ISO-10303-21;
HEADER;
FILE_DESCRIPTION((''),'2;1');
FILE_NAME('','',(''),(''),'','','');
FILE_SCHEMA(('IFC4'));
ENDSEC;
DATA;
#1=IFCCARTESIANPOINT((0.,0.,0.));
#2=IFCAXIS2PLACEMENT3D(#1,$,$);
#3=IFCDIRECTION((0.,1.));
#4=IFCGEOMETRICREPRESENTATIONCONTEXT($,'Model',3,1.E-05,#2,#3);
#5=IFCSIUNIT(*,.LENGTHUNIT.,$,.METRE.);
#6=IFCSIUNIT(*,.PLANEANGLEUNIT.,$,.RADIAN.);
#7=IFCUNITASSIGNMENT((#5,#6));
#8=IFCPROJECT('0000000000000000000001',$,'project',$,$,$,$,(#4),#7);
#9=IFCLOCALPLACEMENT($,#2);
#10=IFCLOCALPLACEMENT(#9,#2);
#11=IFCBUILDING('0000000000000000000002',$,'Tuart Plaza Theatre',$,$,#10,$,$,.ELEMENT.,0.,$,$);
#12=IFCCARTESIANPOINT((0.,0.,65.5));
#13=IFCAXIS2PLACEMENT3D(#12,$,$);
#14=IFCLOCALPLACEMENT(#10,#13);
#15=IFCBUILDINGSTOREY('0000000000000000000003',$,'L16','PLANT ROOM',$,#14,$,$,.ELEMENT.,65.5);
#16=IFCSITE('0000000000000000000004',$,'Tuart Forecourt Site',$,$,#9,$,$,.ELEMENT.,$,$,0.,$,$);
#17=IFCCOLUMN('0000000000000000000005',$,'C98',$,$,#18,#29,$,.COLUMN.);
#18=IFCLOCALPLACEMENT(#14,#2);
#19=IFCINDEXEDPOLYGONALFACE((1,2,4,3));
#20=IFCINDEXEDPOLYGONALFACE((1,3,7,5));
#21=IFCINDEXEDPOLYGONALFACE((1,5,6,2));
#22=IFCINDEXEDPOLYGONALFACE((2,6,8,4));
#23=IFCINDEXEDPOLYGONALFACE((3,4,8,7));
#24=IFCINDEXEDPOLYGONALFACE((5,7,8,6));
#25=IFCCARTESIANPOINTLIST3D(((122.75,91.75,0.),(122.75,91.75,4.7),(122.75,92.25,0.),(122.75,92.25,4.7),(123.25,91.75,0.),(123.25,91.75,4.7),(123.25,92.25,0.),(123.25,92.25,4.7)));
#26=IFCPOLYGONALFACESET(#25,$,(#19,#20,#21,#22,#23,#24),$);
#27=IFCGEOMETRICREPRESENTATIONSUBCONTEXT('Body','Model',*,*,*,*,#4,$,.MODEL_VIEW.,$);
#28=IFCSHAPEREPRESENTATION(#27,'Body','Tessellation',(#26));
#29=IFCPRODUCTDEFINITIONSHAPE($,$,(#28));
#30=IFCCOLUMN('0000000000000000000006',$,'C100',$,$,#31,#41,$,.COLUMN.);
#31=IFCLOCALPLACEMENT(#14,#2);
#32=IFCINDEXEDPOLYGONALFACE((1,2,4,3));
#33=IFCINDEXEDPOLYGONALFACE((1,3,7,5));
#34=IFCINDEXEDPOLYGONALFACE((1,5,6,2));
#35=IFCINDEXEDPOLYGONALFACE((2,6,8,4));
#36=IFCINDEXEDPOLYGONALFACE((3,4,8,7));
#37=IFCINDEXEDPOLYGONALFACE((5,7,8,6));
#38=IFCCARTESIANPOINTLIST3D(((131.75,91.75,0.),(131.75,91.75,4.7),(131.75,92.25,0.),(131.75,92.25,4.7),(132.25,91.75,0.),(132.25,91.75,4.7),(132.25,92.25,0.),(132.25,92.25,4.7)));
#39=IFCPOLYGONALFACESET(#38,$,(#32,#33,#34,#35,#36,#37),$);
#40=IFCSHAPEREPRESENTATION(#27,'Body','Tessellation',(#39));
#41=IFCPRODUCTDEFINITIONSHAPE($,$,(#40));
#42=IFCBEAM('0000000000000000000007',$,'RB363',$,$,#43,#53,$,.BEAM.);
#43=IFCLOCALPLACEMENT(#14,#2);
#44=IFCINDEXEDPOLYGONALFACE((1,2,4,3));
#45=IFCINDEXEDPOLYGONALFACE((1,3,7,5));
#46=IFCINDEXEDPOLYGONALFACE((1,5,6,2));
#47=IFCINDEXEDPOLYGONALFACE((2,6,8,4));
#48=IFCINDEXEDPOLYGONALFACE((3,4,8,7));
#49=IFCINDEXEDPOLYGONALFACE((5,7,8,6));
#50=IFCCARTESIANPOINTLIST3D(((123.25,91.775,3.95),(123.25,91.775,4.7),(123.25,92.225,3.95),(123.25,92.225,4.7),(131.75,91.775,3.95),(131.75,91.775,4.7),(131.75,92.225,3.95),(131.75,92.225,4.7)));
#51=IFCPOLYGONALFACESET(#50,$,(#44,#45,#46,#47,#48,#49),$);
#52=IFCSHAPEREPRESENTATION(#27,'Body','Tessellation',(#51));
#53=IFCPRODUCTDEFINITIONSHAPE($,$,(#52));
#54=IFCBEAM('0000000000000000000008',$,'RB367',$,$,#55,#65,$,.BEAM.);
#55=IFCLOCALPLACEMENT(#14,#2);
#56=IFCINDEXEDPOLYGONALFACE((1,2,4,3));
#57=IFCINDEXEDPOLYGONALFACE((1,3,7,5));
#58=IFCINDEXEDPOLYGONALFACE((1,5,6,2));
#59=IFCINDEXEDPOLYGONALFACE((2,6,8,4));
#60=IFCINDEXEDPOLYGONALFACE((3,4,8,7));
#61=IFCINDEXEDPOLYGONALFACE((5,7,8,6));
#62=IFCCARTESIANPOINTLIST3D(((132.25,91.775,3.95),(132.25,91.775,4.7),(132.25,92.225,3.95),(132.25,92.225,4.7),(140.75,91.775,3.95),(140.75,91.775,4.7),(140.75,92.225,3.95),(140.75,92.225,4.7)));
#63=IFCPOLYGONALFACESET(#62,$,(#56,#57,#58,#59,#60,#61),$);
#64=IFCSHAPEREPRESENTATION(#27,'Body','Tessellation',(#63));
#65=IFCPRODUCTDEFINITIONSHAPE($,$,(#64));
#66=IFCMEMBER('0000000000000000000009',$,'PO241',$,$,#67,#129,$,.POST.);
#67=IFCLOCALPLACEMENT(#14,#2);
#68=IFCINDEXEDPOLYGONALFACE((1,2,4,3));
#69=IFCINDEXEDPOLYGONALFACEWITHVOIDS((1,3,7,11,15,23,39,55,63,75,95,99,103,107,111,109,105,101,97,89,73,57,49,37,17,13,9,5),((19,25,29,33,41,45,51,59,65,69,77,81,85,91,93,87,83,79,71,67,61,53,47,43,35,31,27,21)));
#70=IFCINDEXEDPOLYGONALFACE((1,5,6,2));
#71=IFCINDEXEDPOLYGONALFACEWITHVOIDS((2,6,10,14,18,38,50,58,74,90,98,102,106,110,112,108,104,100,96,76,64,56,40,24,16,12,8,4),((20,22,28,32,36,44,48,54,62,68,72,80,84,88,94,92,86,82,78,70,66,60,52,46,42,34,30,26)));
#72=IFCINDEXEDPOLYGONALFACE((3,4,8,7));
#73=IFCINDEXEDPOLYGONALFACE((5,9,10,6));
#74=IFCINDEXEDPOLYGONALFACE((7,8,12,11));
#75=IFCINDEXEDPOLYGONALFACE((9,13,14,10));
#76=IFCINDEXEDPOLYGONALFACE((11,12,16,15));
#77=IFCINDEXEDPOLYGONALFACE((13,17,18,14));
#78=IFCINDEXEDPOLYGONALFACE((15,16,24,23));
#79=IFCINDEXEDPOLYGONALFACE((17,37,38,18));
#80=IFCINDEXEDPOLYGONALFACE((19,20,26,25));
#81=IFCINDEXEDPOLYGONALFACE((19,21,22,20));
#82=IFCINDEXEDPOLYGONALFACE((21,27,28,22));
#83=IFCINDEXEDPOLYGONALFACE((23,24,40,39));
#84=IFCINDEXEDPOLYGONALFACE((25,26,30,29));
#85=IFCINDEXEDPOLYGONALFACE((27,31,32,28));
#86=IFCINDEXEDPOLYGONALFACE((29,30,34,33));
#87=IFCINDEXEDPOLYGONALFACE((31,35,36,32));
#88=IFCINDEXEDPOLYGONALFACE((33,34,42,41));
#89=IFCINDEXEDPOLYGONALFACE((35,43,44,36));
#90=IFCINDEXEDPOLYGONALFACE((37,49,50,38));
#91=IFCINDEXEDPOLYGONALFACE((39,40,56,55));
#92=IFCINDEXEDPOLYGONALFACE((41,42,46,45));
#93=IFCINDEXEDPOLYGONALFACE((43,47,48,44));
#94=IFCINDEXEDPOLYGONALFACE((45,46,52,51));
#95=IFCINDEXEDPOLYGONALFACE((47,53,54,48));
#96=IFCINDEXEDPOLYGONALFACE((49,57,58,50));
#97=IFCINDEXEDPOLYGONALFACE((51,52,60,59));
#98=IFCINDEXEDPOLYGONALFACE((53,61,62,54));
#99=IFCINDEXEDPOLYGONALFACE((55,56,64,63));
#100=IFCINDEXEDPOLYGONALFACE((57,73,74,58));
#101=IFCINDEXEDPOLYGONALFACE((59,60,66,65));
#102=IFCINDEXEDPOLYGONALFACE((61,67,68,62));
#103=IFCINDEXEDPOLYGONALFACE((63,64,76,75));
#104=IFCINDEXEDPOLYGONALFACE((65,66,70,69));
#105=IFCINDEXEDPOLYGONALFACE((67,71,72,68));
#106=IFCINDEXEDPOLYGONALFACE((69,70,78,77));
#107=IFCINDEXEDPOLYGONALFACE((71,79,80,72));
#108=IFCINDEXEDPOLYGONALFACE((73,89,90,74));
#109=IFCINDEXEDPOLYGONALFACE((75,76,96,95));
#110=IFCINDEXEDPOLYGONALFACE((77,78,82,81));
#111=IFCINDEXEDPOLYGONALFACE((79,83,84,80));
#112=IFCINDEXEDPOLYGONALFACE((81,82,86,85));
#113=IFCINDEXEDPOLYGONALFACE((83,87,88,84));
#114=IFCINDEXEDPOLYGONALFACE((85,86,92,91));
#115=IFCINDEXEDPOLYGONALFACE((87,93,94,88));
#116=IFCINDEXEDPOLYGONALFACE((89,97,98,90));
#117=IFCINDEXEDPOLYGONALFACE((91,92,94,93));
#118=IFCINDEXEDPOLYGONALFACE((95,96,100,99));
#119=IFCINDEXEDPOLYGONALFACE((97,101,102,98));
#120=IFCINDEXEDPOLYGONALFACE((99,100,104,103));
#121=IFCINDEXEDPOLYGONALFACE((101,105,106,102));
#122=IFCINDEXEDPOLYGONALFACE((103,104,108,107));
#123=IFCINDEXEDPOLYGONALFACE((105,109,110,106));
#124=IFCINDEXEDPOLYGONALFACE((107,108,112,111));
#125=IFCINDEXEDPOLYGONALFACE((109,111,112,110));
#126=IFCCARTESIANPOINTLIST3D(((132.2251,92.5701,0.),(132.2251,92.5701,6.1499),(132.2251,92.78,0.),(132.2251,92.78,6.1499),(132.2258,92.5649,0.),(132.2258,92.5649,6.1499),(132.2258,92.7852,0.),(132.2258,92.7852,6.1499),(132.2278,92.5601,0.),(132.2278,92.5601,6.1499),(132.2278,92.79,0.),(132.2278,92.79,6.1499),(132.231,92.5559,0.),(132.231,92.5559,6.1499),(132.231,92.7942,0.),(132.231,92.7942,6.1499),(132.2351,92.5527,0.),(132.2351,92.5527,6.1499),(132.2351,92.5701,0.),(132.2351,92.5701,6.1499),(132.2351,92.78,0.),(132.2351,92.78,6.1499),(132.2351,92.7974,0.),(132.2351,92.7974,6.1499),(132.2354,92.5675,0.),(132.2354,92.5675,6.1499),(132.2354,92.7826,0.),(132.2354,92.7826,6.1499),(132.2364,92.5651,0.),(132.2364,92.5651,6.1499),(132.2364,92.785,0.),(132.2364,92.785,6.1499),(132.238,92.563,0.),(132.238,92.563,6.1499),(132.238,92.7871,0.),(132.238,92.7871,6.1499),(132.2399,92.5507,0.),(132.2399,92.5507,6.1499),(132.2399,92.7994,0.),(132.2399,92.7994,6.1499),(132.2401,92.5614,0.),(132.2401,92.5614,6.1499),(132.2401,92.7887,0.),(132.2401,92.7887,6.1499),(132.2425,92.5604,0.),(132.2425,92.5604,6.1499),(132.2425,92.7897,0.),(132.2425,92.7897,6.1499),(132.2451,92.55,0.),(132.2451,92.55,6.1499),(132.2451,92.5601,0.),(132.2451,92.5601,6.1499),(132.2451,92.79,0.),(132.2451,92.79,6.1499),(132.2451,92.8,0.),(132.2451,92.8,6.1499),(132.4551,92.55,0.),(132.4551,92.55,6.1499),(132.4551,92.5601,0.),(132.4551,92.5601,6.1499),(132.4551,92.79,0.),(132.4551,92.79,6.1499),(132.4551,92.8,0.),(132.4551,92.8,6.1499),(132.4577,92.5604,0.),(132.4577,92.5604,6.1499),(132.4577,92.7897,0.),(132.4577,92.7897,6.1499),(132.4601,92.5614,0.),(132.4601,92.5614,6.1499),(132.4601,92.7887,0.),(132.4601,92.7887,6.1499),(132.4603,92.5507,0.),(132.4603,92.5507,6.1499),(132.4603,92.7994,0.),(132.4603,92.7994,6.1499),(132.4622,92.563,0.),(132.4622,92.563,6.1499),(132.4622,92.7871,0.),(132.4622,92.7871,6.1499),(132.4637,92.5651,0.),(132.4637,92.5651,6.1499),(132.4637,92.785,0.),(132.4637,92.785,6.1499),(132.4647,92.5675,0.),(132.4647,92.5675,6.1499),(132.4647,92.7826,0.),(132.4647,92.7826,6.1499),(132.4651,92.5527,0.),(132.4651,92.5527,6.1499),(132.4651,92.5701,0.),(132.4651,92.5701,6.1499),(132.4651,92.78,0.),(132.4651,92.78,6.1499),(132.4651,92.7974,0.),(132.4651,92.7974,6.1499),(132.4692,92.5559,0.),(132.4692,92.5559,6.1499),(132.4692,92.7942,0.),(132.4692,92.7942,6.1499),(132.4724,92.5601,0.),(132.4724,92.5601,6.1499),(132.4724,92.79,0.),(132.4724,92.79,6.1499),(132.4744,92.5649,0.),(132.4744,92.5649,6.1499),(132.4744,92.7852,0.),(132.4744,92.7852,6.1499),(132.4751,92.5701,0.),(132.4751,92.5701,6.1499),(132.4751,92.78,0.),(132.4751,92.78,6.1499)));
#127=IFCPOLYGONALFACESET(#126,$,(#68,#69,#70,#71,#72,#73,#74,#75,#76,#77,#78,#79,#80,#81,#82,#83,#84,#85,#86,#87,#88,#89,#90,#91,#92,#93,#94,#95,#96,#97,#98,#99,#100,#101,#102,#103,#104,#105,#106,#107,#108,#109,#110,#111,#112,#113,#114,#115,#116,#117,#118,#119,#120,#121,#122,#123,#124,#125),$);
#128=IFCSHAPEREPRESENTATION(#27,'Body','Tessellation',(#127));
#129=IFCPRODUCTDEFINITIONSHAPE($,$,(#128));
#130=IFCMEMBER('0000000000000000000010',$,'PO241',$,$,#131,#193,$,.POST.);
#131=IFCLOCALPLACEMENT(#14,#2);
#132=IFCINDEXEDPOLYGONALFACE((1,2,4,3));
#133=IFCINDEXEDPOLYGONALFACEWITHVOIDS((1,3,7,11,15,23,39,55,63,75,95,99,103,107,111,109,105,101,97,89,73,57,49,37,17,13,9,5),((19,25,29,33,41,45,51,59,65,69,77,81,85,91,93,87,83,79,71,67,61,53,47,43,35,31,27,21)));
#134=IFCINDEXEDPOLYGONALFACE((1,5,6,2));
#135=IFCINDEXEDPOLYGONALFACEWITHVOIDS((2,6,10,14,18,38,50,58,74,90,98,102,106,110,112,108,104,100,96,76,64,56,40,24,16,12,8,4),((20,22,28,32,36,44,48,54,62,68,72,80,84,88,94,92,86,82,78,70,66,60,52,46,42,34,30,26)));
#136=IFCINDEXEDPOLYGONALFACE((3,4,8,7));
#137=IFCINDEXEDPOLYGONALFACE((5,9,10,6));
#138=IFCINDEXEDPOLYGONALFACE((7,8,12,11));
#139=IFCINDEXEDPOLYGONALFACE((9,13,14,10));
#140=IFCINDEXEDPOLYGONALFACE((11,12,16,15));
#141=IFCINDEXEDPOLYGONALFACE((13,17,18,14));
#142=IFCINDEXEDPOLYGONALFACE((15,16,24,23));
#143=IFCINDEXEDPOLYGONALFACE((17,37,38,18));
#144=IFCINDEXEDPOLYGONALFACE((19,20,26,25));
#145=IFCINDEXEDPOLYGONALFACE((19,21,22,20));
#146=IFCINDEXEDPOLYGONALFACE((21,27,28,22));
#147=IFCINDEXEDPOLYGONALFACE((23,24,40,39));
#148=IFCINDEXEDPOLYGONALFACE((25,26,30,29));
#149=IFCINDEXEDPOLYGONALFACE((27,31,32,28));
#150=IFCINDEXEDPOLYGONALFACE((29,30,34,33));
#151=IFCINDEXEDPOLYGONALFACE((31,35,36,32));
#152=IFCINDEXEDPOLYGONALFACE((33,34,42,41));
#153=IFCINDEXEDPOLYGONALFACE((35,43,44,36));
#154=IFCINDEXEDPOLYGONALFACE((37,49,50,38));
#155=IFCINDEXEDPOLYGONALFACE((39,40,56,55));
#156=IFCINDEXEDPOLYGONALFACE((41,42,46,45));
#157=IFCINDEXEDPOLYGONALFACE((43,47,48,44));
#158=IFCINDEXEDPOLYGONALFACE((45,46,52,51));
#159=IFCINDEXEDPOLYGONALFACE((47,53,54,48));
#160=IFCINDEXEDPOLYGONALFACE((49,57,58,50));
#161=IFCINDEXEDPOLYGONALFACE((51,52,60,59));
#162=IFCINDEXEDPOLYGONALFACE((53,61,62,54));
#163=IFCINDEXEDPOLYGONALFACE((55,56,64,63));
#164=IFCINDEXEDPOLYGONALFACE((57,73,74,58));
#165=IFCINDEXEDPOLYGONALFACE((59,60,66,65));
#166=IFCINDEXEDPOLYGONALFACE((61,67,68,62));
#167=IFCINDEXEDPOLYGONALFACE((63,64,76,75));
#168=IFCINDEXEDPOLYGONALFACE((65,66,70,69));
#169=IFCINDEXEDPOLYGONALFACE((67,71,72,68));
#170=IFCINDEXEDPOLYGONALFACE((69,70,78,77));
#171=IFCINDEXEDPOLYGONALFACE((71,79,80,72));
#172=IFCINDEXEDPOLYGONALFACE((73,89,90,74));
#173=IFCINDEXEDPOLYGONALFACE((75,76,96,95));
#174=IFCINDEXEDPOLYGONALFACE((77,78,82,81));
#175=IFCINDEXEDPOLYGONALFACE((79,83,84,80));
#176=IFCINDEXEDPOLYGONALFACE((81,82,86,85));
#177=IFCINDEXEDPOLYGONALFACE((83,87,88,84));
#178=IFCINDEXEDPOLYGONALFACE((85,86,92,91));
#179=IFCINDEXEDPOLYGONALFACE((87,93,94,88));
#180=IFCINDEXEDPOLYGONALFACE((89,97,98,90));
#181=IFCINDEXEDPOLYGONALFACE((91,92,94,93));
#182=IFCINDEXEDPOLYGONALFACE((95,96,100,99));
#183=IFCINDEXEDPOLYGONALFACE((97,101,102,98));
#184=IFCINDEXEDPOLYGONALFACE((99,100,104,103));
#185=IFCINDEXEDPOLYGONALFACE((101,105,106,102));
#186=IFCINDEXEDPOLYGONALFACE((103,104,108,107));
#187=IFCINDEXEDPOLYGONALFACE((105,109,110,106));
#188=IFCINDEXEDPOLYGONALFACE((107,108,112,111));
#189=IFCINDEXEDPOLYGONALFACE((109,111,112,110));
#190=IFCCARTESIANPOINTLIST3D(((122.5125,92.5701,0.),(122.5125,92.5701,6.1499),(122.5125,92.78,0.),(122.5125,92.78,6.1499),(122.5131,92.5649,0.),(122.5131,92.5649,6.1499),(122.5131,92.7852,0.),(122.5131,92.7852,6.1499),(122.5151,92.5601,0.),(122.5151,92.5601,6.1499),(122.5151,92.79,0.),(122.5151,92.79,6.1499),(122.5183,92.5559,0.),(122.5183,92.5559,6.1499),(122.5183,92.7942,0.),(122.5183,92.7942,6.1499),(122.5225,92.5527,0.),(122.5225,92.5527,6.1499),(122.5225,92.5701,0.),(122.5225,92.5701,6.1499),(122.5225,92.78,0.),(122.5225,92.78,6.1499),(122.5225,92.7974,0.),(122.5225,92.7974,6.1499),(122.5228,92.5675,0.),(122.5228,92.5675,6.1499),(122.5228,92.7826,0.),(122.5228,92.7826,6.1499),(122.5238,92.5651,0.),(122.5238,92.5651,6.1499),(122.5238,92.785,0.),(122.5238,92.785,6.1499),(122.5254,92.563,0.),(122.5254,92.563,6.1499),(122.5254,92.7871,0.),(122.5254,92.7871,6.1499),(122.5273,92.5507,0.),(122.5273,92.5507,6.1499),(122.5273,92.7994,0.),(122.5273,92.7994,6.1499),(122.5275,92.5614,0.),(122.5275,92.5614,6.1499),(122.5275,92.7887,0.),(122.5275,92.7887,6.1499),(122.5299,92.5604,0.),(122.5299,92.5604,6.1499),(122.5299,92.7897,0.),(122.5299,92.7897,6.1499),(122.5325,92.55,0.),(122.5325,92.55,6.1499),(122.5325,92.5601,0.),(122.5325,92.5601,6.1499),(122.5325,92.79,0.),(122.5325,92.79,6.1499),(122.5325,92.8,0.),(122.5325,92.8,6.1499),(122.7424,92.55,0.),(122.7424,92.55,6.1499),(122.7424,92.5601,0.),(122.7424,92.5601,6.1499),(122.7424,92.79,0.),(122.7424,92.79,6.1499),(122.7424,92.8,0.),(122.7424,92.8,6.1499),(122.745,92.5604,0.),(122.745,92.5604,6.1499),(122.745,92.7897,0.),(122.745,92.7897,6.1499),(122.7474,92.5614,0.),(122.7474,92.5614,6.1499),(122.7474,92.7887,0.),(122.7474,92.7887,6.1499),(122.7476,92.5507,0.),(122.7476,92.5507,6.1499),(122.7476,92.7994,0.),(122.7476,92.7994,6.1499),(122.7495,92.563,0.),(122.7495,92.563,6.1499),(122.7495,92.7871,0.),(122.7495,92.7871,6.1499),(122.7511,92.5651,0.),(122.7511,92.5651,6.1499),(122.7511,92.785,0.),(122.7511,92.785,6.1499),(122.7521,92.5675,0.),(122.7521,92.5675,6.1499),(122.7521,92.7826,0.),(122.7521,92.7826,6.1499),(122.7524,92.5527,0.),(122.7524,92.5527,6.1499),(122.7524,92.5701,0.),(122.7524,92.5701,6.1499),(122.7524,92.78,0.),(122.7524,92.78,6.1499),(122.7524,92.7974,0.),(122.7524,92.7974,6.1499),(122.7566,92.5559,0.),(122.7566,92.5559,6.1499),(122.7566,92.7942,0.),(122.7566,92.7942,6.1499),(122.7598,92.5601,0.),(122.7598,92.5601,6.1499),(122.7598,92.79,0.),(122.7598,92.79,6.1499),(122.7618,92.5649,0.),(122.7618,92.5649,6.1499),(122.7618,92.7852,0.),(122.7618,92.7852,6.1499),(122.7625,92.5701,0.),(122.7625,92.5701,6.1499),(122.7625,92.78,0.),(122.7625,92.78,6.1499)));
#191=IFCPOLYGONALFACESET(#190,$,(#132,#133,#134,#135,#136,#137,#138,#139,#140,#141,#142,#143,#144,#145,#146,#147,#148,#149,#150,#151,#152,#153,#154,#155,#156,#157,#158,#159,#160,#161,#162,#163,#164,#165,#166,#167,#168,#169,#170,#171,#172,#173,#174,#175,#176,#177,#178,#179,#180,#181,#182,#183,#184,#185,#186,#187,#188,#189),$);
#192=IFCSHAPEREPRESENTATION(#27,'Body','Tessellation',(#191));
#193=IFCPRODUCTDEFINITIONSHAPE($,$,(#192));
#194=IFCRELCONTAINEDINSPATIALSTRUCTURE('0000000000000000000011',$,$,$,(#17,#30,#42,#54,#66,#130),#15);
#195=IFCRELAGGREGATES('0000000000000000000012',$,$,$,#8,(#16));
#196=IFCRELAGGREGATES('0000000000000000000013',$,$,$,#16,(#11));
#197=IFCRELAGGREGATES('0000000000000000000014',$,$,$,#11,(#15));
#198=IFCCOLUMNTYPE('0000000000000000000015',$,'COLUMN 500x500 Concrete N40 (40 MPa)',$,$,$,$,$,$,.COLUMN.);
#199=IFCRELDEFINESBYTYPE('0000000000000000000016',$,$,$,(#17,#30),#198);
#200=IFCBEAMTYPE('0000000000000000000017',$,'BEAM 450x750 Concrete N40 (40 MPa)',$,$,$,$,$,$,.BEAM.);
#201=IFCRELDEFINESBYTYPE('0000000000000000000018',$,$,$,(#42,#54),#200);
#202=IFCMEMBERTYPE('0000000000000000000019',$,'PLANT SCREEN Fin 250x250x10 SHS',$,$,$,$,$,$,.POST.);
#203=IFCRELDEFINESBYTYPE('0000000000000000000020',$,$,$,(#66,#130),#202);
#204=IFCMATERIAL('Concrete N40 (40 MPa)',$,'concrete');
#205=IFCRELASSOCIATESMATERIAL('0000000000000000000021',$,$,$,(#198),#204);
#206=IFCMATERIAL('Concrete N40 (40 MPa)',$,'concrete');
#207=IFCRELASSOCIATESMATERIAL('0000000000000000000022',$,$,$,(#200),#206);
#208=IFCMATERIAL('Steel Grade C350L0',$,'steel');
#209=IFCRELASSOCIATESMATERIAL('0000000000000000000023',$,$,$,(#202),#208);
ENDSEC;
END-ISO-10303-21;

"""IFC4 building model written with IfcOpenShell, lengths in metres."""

from ifc_helpers import new_model, si_unit, direction, frame, origin, origin_2d, place, context, subcontext, project, spatial, rectangle, hollow_rectangle, extrude, material, material_profile, profile_set, type_object, element, save


model = new_model("IFC4")

# Units and contexts
model_context = context("Model", 3, precision=1e-05, world=origin(), true_north=direction((0.0, 1.0)))
body_context = subcontext(model_context, "Body", "Model", "MODEL_VIEW")
ifc_project = project(units=[si_unit("LENGTHUNIT", "METRE"), si_unit("PLANEANGLEUNIT", "RADIAN")], contexts=[model_context])

# Site, building, storey
site_placement = place(None, origin())
site = spatial("IfcSite", under=ifc_project, at=site_placement, Name="Tuart Forecourt Site", CompositionType="ELEMENT", RefElevation=0.0)
building_placement = place(site_placement, origin())
building = spatial("IfcBuilding", under=site, at=building_placement, Name="Tuart Plaza Theatre", CompositionType="ELEMENT", ElevationOfRefHeight=0.0)
storey_placement = place(building_placement, frame((0.0, 0.0, 65.5)))
storey = spatial("IfcBuildingStorey", under=building, at=storey_placement, Name="L16", Description="PLANT ROOM", CompositionType="ELEMENT", Elevation=65.5)

# Columns
ifc_material_1 = material(Name="Concrete N40 (40 MPa)", Category="concrete")
ifc_material_profile_1 = material_profile(ifc_material_1, rectangle(XDim=0.5, YDim=0.5, at=origin_2d()), Name="COLUMN 500x500 Concrete N40 (40 MPa)")
ifc_profile_set_1 = profile_set([ifc_material_profile_1], Name="Concrete N40 (40 MPa)")
column_type = type_object("IfcColumnType", Name="COLUMN 500x500 Concrete N40 (40 MPa)", PredefinedType="COLUMN", material=ifc_profile_set_1)
for number, where, z_axis, x_axis, name in (
    (1, (123.0, 92.0, 0.0), (0.0, 0.0, 1.0), (1.0, 0.0, 0.0), "C98"),
    (2, (132.0, 92.0, 0.0), (0.0, 0.0, 1.0), (1.0, 0.0, 0.0), "C100"),
):
    element("IfcColumn", number, at=place(storey_placement, frame(where, z_axis=z_axis, x_axis=x_axis)), inside=storey, type_object=column_type, Name=name, PredefinedType="COLUMN", context=body_context, shape_type="SweptSolid", body=[
        extrude(rectangle(XDim=0.5, YDim=0.5, at=origin_2d()), origin(), (0.0, 0.0, 1.0), 4.7),
    ])

# Beams
ifc_material_2 = material(Name="Concrete N40 (40 MPa)", Category="concrete")
ifc_material_profile_2 = material_profile(ifc_material_2, rectangle(XDim=0.45, YDim=0.75, at=origin_2d()), Name="BEAM 450x750 Concrete N40 (40 MPa)")
ifc_profile_set_2 = profile_set([ifc_material_profile_2], Name="Concrete N40 (40 MPa)")
beam_type = type_object("IfcBeamType", Name="BEAM 450x750 Concrete N40 (40 MPa)", PredefinedType="BEAM", material=ifc_profile_set_2)
for number, where, z_axis, x_axis, name in (
    (3, (123.25, 92.0, 4.325), (1.0, 0.0, 0.0), (0.0, 1.0, 0.0), "RB363"),
    (4, (132.25, 92.0, 4.325), (1.0, 0.0, 0.0), (0.0, 1.0, 0.0), "RB367"),
):
    element("IfcBeam", number, at=place(storey_placement, frame(where, z_axis=z_axis, x_axis=x_axis)), inside=storey, type_object=beam_type, Name=name, PredefinedType="BEAM", context=body_context, shape_type="SweptSolid", body=[
        extrude(rectangle(XDim=0.45, YDim=0.75, at=origin_2d()), origin(), (0.0, 0.0, 1.0), 8.5),
    ])

# Members
ifc_material_3 = material(Name="Steel Grade C350L0", Category="steel")
ifc_material_profile_3 = material_profile(ifc_material_3, hollow_rectangle(XDim=0.25, YDim=0.25, WallThickness=0.01, InnerFilletRadius=0.01, OuterFilletRadius=0.02, at=origin_2d()), Name="250x250x10 SHS")
ifc_profile_set_3 = profile_set([ifc_material_profile_3], Name="Steel Grade C350L0")
member_type = type_object("IfcMemberType", Name="PLANT SCREEN Fin 250x250x10 SHS", PredefinedType="POST", material=ifc_profile_set_3)
for number, where, z_axis, x_axis, name in (
    (5, (132.3501, 92.675, 0.0), (0.0, 0.0, 1.0), (1.0, 0.0, 0.0), "PO241"),
    (6, (122.6375, 92.675, 0.0), (0.0, 0.0, 1.0), (1.0, 0.0, 0.0), "PO241"),
):
    element("IfcMember", number, at=place(storey_placement, frame(where, z_axis=z_axis, x_axis=x_axis)), inside=storey, type_object=member_type, Name=name, PredefinedType="POST", context=body_context, shape_type="SweptSolid", body=[
        extrude(hollow_rectangle(XDim=0.25, YDim=0.25, WallThickness=0.01, InnerFilletRadius=0.01, OuterFilletRadius=0.02, at=origin_2d()), origin(), (0.0, 0.0, 1.0), 6.1499),
    ])

save(model, "model.ifc")
